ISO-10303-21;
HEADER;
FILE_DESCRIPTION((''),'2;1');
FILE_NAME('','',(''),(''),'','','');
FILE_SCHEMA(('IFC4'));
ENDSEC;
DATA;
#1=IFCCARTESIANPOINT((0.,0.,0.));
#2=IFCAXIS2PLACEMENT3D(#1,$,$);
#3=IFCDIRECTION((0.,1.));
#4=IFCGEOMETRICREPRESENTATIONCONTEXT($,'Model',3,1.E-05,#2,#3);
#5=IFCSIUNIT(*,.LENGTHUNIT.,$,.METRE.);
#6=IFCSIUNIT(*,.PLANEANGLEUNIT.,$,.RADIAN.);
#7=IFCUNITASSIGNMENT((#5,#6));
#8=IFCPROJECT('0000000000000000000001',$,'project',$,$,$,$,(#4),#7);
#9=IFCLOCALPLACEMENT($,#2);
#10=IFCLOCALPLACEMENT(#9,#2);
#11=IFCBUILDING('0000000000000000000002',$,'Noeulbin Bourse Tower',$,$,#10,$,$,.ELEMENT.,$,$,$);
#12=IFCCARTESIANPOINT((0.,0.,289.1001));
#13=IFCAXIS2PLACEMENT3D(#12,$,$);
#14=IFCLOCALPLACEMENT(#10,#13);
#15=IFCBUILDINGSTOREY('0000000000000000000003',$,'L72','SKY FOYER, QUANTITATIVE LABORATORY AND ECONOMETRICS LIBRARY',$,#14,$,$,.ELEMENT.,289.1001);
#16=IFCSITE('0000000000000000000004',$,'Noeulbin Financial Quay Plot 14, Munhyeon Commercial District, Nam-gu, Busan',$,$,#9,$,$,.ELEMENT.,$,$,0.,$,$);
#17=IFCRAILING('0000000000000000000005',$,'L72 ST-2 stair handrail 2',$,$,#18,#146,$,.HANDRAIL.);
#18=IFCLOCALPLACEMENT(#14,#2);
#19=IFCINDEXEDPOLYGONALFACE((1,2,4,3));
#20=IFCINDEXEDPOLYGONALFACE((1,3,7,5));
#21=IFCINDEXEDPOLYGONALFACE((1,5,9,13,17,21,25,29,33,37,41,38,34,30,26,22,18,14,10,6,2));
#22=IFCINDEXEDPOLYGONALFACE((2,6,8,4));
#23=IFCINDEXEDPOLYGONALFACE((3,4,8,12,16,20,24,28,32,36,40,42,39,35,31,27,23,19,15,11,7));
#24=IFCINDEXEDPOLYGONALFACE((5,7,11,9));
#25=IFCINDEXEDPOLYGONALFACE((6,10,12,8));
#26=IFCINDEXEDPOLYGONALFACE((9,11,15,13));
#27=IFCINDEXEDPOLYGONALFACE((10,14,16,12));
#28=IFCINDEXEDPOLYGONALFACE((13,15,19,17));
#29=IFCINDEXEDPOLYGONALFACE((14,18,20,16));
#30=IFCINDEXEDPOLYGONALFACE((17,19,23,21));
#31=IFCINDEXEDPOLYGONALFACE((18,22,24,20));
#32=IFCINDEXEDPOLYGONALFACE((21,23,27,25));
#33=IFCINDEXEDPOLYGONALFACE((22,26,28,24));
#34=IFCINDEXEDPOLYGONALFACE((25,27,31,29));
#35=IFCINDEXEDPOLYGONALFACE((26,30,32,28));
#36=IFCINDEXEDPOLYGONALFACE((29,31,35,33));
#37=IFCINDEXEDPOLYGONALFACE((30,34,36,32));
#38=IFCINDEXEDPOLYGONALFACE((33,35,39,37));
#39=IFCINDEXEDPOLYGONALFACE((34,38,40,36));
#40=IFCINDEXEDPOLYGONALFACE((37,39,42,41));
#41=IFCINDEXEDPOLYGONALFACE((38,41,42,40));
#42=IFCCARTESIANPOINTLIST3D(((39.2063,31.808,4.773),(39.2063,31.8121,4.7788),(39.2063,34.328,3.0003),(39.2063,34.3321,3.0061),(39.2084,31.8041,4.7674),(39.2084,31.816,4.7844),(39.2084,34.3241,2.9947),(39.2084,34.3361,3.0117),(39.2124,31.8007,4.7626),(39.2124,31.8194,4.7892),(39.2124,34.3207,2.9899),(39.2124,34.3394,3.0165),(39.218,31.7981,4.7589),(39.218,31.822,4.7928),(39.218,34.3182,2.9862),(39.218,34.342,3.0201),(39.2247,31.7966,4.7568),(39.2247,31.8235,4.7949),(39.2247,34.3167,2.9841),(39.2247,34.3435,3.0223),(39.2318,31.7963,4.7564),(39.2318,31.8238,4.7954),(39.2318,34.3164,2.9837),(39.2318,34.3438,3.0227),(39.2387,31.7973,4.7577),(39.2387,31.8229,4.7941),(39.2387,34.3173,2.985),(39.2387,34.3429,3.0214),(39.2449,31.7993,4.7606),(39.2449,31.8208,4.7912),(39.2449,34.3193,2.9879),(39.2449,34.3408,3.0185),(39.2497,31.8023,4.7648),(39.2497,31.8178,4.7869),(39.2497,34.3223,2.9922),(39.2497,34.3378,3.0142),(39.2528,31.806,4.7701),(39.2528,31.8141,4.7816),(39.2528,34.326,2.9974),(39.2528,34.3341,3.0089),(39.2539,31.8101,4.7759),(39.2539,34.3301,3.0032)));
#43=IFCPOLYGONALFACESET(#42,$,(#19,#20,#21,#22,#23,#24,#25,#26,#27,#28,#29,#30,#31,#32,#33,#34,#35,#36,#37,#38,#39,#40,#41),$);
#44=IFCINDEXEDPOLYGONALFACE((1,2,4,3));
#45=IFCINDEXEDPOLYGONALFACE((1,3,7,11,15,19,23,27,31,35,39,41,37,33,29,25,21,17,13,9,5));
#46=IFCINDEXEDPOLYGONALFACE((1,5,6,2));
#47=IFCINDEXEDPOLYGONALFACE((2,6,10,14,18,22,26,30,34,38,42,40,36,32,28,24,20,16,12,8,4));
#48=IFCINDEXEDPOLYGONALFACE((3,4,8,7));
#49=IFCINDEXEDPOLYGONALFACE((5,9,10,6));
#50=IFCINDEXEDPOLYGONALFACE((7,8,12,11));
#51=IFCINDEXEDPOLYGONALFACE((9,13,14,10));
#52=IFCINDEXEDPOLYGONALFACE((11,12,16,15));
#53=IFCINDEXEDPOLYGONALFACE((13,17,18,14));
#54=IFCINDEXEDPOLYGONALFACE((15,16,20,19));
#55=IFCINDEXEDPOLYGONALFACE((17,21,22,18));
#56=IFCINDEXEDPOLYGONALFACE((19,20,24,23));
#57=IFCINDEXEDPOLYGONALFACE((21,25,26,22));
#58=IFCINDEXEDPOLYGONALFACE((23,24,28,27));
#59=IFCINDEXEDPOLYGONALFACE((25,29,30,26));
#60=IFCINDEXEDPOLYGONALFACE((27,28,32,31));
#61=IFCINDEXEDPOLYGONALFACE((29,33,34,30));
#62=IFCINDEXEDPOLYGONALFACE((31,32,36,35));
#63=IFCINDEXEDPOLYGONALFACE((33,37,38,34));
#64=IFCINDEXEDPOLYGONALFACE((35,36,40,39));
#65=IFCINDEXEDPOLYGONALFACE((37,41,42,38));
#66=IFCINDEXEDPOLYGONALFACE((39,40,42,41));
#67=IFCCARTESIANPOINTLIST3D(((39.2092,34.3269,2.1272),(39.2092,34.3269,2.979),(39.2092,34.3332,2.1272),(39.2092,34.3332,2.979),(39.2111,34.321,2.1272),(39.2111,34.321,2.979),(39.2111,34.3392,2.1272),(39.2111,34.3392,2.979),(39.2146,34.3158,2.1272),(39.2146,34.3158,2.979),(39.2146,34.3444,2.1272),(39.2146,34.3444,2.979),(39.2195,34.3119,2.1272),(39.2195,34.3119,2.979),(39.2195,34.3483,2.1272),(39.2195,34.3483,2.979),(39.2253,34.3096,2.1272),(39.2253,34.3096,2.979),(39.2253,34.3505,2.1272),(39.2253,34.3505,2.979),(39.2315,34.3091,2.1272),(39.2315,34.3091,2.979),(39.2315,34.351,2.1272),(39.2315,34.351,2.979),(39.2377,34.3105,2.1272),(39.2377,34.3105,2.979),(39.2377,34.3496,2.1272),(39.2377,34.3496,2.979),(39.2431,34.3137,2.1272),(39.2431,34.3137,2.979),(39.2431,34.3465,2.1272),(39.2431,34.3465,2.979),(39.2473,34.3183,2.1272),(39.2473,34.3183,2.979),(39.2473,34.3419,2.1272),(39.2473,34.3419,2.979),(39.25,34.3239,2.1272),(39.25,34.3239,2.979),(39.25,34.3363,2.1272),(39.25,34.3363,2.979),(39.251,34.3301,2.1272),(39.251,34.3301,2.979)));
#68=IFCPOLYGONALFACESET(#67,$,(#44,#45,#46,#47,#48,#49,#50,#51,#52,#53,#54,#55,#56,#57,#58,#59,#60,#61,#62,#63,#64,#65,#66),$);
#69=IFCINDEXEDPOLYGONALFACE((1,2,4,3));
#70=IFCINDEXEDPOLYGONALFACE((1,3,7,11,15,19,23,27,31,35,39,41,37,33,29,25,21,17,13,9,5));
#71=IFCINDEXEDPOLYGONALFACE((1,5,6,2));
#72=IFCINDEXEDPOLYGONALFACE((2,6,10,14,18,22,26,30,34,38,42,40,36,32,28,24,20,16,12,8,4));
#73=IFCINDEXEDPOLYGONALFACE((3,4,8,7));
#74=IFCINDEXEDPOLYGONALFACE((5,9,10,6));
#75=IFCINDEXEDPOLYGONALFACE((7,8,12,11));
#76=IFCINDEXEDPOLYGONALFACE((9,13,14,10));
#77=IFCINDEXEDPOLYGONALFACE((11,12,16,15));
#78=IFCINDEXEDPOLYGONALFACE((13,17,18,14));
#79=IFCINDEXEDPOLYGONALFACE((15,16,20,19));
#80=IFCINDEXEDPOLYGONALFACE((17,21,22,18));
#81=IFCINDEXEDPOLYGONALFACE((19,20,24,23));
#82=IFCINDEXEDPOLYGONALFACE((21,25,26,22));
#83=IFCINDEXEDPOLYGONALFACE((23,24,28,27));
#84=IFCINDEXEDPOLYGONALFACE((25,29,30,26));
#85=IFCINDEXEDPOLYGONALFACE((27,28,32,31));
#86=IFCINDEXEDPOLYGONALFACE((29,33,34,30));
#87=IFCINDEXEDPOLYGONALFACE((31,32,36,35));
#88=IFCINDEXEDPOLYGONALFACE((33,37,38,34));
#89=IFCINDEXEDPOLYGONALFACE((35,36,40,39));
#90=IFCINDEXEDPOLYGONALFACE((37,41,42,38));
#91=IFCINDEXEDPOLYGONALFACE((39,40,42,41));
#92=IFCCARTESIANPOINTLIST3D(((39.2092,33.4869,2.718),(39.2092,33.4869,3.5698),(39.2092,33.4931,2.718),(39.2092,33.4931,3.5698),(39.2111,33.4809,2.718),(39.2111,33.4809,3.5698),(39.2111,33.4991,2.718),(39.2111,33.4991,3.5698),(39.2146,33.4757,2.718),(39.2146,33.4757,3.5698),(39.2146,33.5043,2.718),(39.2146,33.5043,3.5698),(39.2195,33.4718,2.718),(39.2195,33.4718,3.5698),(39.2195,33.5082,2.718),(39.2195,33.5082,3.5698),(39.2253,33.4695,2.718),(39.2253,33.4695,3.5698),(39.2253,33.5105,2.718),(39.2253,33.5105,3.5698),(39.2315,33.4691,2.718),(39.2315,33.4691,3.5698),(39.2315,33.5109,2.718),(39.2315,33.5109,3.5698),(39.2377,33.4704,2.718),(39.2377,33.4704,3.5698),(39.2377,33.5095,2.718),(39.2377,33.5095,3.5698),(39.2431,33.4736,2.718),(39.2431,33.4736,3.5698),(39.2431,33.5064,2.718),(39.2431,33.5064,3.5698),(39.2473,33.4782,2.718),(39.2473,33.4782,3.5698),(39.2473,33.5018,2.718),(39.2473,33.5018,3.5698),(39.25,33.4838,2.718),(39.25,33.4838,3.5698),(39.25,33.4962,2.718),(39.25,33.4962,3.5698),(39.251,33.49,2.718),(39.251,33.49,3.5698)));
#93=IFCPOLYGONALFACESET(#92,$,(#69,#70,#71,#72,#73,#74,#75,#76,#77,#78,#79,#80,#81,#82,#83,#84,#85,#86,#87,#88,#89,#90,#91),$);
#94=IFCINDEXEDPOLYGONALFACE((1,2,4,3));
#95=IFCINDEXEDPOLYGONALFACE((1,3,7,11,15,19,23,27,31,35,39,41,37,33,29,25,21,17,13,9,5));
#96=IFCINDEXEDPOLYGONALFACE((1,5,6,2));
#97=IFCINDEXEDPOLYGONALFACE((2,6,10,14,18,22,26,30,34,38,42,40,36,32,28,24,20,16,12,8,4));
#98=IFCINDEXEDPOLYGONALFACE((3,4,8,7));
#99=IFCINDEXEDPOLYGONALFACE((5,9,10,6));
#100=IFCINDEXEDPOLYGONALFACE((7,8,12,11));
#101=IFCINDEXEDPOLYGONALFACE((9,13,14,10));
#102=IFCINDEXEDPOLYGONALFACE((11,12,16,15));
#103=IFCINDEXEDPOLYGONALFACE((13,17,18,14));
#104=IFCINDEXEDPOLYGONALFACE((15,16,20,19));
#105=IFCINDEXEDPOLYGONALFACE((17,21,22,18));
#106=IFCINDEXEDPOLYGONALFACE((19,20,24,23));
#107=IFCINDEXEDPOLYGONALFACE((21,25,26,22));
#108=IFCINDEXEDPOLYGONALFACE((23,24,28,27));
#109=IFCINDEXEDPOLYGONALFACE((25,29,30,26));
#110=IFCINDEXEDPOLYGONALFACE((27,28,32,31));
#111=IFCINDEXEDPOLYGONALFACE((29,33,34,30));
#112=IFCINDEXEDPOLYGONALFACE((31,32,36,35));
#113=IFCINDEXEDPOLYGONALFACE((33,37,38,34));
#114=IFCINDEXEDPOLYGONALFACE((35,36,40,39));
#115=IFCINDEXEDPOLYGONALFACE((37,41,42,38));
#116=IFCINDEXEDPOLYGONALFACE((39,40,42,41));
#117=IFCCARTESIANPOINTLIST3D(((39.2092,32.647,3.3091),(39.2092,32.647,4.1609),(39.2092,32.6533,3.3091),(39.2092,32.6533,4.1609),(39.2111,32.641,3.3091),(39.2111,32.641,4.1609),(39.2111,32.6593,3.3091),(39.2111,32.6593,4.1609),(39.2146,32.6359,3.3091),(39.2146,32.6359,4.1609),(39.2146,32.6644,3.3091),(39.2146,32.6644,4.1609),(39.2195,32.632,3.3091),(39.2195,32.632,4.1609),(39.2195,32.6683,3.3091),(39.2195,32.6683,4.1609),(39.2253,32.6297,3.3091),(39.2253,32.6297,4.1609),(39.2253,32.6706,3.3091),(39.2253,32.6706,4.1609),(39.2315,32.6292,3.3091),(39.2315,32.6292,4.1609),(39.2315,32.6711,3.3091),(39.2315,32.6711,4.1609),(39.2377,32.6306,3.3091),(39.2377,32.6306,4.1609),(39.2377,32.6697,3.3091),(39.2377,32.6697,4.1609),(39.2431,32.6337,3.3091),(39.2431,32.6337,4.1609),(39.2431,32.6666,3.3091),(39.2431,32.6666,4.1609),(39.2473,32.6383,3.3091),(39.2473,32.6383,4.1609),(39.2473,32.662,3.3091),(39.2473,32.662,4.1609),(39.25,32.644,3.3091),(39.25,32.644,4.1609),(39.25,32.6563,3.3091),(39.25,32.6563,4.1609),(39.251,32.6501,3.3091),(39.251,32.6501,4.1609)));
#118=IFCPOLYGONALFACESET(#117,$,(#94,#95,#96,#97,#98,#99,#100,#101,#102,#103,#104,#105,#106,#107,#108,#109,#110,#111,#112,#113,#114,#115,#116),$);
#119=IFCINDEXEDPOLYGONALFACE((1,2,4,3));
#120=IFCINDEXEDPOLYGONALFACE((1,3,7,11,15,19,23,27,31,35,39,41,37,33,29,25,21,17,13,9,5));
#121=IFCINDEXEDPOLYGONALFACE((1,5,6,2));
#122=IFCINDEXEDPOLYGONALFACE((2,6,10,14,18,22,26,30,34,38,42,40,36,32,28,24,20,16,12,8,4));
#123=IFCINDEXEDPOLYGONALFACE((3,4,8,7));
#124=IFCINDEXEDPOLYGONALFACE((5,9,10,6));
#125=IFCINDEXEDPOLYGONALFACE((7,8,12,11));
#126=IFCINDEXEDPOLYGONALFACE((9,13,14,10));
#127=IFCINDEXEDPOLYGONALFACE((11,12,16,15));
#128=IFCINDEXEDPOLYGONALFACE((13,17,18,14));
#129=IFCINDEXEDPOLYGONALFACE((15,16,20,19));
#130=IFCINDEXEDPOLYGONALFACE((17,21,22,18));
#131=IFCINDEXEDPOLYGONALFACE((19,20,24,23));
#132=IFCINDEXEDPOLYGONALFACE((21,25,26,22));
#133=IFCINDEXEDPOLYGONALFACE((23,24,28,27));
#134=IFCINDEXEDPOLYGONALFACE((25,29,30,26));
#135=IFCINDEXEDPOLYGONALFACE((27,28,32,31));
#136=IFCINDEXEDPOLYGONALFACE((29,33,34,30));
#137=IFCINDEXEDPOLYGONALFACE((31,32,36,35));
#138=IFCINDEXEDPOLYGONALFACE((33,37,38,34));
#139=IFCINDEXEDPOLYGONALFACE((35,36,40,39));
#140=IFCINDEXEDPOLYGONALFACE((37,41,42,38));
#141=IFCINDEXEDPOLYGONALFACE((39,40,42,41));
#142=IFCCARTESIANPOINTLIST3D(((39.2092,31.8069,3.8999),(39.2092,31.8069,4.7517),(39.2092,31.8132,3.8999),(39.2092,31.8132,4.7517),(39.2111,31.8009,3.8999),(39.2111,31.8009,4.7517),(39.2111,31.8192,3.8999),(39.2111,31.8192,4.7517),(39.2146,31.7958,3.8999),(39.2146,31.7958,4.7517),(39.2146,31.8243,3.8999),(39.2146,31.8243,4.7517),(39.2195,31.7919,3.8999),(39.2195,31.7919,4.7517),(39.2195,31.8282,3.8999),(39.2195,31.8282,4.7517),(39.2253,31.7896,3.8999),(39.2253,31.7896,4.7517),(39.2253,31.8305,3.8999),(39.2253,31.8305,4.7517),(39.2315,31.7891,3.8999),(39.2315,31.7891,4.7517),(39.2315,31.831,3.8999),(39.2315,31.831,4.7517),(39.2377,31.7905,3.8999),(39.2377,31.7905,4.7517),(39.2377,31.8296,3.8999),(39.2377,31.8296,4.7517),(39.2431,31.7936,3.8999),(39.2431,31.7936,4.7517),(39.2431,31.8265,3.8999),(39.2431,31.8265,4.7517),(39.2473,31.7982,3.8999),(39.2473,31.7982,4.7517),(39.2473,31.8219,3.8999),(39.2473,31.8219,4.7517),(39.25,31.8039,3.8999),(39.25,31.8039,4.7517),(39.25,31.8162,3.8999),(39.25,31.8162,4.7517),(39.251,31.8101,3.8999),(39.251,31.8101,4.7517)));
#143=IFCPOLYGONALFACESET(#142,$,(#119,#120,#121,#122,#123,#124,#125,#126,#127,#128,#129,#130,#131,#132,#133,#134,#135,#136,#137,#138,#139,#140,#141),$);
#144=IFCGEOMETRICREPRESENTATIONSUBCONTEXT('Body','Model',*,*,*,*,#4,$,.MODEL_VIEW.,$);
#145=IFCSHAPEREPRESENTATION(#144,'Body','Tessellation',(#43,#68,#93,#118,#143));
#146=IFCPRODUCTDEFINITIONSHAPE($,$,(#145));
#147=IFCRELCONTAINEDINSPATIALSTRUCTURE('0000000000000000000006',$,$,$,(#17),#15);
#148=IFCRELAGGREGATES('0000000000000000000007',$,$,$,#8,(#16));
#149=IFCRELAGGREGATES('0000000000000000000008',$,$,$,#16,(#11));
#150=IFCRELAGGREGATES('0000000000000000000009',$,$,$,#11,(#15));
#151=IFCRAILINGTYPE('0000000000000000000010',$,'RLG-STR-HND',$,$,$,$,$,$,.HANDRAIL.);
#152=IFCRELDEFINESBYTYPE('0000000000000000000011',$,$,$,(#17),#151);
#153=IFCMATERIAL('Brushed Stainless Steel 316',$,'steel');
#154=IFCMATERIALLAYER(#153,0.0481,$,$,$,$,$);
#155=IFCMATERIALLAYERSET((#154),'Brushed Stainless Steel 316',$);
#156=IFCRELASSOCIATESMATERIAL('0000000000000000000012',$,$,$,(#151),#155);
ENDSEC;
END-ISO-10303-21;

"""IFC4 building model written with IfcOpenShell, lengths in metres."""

from ifc_helpers import new_model, si_unit, direction, frame, origin, origin_2d, place, context, subcontext, project, spatial, circle, extrude, material, layer, layer_set, type_object, element, save


model = new_model("IFC4")

# Units and contexts
model_context = context("Model", 3, precision=1e-05, world=origin(), true_north=direction((0.0, 1.0)))
body_context = subcontext(model_context, "Body", "Model", "MODEL_VIEW")
ifc_project = project(units=[si_unit("LENGTHUNIT", "METRE"), si_unit("PLANEANGLEUNIT", "RADIAN")], contexts=[model_context])

# Site, building, storey
site_placement = place(None, origin())
site = spatial("IfcSite", under=ifc_project, at=site_placement, Name="Noeulbin Financial Quay Plot 14, Munhyeon Commercial District, Nam-gu, Busan", CompositionType="ELEMENT", RefElevation=0.0)
building_placement = place(site_placement, origin())
building = spatial("IfcBuilding", under=site, at=building_placement, Name="Noeulbin Bourse Tower", CompositionType="ELEMENT")
storey_placement = place(building_placement, frame((0.0, 0.0, 289.1001)))
storey = spatial("IfcBuildingStorey", under=building, at=storey_placement, Name="L72", Description="SKY FOYER, QUANTITATIVE LABORATORY AND ECONOMETRICS LIBRARY", CompositionType="ELEMENT", Elevation=289.1001)

# Shared definitions
ifc_material_1 = material(Name="Brushed Stainless Steel 316", Category="steel")

# Railing
ifc_layer_1 = layer(ifc_material_1, 0.0481)
ifc_layer_set_1 = layer_set([ifc_layer_1], Name="Brushed Stainless Steel 316")
railing_type_1 = type_object("IfcRailingType", Name="RLG-STR-HND", PredefinedType="HANDRAIL", material=ifc_layer_set_1)
railing_1_placement = place(storey_placement, frame((39.23, 34.3301, 2.1272)))
element("IfcRailing", 1, at=railing_1_placement, inside=storey, type_object=railing_type_1, Name="L72 ST-2 stair handrail 2", PredefinedType="HANDRAIL", context=body_context, shape_type="SweptSolid", body=[
    extrude(circle(Radius=0.0239, at=origin_2d()), frame((0.0, 0.0, 0.876), z_axis=(0.0, -0.817904, 0.575354), x_axis=(1.0, 0.0, 0.0)), (0.0, 0.0, 1.0), 3.0811),
    extrude(circle(Radius=0.021, at=origin_2d()), origin(), (0.0, 0.0, 1.0), 0.8518),
    extrude(circle(Radius=0.021, at=origin_2d()), frame((0.0, -0.8401, 0.5908)), (0.0, 0.0, 1.0), 0.8518),
    extrude(circle(Radius=0.021, at=origin_2d()), frame((0.0, -1.6799, 1.1819)), (0.0, 0.0, 1.0), 0.8518),
    extrude(circle(Radius=0.021, at=origin_2d()), frame((0.0, -2.52, 1.7727)), (0.0, 0.0, 1.0), 0.8518),
])

save(model, "model.ifc")
